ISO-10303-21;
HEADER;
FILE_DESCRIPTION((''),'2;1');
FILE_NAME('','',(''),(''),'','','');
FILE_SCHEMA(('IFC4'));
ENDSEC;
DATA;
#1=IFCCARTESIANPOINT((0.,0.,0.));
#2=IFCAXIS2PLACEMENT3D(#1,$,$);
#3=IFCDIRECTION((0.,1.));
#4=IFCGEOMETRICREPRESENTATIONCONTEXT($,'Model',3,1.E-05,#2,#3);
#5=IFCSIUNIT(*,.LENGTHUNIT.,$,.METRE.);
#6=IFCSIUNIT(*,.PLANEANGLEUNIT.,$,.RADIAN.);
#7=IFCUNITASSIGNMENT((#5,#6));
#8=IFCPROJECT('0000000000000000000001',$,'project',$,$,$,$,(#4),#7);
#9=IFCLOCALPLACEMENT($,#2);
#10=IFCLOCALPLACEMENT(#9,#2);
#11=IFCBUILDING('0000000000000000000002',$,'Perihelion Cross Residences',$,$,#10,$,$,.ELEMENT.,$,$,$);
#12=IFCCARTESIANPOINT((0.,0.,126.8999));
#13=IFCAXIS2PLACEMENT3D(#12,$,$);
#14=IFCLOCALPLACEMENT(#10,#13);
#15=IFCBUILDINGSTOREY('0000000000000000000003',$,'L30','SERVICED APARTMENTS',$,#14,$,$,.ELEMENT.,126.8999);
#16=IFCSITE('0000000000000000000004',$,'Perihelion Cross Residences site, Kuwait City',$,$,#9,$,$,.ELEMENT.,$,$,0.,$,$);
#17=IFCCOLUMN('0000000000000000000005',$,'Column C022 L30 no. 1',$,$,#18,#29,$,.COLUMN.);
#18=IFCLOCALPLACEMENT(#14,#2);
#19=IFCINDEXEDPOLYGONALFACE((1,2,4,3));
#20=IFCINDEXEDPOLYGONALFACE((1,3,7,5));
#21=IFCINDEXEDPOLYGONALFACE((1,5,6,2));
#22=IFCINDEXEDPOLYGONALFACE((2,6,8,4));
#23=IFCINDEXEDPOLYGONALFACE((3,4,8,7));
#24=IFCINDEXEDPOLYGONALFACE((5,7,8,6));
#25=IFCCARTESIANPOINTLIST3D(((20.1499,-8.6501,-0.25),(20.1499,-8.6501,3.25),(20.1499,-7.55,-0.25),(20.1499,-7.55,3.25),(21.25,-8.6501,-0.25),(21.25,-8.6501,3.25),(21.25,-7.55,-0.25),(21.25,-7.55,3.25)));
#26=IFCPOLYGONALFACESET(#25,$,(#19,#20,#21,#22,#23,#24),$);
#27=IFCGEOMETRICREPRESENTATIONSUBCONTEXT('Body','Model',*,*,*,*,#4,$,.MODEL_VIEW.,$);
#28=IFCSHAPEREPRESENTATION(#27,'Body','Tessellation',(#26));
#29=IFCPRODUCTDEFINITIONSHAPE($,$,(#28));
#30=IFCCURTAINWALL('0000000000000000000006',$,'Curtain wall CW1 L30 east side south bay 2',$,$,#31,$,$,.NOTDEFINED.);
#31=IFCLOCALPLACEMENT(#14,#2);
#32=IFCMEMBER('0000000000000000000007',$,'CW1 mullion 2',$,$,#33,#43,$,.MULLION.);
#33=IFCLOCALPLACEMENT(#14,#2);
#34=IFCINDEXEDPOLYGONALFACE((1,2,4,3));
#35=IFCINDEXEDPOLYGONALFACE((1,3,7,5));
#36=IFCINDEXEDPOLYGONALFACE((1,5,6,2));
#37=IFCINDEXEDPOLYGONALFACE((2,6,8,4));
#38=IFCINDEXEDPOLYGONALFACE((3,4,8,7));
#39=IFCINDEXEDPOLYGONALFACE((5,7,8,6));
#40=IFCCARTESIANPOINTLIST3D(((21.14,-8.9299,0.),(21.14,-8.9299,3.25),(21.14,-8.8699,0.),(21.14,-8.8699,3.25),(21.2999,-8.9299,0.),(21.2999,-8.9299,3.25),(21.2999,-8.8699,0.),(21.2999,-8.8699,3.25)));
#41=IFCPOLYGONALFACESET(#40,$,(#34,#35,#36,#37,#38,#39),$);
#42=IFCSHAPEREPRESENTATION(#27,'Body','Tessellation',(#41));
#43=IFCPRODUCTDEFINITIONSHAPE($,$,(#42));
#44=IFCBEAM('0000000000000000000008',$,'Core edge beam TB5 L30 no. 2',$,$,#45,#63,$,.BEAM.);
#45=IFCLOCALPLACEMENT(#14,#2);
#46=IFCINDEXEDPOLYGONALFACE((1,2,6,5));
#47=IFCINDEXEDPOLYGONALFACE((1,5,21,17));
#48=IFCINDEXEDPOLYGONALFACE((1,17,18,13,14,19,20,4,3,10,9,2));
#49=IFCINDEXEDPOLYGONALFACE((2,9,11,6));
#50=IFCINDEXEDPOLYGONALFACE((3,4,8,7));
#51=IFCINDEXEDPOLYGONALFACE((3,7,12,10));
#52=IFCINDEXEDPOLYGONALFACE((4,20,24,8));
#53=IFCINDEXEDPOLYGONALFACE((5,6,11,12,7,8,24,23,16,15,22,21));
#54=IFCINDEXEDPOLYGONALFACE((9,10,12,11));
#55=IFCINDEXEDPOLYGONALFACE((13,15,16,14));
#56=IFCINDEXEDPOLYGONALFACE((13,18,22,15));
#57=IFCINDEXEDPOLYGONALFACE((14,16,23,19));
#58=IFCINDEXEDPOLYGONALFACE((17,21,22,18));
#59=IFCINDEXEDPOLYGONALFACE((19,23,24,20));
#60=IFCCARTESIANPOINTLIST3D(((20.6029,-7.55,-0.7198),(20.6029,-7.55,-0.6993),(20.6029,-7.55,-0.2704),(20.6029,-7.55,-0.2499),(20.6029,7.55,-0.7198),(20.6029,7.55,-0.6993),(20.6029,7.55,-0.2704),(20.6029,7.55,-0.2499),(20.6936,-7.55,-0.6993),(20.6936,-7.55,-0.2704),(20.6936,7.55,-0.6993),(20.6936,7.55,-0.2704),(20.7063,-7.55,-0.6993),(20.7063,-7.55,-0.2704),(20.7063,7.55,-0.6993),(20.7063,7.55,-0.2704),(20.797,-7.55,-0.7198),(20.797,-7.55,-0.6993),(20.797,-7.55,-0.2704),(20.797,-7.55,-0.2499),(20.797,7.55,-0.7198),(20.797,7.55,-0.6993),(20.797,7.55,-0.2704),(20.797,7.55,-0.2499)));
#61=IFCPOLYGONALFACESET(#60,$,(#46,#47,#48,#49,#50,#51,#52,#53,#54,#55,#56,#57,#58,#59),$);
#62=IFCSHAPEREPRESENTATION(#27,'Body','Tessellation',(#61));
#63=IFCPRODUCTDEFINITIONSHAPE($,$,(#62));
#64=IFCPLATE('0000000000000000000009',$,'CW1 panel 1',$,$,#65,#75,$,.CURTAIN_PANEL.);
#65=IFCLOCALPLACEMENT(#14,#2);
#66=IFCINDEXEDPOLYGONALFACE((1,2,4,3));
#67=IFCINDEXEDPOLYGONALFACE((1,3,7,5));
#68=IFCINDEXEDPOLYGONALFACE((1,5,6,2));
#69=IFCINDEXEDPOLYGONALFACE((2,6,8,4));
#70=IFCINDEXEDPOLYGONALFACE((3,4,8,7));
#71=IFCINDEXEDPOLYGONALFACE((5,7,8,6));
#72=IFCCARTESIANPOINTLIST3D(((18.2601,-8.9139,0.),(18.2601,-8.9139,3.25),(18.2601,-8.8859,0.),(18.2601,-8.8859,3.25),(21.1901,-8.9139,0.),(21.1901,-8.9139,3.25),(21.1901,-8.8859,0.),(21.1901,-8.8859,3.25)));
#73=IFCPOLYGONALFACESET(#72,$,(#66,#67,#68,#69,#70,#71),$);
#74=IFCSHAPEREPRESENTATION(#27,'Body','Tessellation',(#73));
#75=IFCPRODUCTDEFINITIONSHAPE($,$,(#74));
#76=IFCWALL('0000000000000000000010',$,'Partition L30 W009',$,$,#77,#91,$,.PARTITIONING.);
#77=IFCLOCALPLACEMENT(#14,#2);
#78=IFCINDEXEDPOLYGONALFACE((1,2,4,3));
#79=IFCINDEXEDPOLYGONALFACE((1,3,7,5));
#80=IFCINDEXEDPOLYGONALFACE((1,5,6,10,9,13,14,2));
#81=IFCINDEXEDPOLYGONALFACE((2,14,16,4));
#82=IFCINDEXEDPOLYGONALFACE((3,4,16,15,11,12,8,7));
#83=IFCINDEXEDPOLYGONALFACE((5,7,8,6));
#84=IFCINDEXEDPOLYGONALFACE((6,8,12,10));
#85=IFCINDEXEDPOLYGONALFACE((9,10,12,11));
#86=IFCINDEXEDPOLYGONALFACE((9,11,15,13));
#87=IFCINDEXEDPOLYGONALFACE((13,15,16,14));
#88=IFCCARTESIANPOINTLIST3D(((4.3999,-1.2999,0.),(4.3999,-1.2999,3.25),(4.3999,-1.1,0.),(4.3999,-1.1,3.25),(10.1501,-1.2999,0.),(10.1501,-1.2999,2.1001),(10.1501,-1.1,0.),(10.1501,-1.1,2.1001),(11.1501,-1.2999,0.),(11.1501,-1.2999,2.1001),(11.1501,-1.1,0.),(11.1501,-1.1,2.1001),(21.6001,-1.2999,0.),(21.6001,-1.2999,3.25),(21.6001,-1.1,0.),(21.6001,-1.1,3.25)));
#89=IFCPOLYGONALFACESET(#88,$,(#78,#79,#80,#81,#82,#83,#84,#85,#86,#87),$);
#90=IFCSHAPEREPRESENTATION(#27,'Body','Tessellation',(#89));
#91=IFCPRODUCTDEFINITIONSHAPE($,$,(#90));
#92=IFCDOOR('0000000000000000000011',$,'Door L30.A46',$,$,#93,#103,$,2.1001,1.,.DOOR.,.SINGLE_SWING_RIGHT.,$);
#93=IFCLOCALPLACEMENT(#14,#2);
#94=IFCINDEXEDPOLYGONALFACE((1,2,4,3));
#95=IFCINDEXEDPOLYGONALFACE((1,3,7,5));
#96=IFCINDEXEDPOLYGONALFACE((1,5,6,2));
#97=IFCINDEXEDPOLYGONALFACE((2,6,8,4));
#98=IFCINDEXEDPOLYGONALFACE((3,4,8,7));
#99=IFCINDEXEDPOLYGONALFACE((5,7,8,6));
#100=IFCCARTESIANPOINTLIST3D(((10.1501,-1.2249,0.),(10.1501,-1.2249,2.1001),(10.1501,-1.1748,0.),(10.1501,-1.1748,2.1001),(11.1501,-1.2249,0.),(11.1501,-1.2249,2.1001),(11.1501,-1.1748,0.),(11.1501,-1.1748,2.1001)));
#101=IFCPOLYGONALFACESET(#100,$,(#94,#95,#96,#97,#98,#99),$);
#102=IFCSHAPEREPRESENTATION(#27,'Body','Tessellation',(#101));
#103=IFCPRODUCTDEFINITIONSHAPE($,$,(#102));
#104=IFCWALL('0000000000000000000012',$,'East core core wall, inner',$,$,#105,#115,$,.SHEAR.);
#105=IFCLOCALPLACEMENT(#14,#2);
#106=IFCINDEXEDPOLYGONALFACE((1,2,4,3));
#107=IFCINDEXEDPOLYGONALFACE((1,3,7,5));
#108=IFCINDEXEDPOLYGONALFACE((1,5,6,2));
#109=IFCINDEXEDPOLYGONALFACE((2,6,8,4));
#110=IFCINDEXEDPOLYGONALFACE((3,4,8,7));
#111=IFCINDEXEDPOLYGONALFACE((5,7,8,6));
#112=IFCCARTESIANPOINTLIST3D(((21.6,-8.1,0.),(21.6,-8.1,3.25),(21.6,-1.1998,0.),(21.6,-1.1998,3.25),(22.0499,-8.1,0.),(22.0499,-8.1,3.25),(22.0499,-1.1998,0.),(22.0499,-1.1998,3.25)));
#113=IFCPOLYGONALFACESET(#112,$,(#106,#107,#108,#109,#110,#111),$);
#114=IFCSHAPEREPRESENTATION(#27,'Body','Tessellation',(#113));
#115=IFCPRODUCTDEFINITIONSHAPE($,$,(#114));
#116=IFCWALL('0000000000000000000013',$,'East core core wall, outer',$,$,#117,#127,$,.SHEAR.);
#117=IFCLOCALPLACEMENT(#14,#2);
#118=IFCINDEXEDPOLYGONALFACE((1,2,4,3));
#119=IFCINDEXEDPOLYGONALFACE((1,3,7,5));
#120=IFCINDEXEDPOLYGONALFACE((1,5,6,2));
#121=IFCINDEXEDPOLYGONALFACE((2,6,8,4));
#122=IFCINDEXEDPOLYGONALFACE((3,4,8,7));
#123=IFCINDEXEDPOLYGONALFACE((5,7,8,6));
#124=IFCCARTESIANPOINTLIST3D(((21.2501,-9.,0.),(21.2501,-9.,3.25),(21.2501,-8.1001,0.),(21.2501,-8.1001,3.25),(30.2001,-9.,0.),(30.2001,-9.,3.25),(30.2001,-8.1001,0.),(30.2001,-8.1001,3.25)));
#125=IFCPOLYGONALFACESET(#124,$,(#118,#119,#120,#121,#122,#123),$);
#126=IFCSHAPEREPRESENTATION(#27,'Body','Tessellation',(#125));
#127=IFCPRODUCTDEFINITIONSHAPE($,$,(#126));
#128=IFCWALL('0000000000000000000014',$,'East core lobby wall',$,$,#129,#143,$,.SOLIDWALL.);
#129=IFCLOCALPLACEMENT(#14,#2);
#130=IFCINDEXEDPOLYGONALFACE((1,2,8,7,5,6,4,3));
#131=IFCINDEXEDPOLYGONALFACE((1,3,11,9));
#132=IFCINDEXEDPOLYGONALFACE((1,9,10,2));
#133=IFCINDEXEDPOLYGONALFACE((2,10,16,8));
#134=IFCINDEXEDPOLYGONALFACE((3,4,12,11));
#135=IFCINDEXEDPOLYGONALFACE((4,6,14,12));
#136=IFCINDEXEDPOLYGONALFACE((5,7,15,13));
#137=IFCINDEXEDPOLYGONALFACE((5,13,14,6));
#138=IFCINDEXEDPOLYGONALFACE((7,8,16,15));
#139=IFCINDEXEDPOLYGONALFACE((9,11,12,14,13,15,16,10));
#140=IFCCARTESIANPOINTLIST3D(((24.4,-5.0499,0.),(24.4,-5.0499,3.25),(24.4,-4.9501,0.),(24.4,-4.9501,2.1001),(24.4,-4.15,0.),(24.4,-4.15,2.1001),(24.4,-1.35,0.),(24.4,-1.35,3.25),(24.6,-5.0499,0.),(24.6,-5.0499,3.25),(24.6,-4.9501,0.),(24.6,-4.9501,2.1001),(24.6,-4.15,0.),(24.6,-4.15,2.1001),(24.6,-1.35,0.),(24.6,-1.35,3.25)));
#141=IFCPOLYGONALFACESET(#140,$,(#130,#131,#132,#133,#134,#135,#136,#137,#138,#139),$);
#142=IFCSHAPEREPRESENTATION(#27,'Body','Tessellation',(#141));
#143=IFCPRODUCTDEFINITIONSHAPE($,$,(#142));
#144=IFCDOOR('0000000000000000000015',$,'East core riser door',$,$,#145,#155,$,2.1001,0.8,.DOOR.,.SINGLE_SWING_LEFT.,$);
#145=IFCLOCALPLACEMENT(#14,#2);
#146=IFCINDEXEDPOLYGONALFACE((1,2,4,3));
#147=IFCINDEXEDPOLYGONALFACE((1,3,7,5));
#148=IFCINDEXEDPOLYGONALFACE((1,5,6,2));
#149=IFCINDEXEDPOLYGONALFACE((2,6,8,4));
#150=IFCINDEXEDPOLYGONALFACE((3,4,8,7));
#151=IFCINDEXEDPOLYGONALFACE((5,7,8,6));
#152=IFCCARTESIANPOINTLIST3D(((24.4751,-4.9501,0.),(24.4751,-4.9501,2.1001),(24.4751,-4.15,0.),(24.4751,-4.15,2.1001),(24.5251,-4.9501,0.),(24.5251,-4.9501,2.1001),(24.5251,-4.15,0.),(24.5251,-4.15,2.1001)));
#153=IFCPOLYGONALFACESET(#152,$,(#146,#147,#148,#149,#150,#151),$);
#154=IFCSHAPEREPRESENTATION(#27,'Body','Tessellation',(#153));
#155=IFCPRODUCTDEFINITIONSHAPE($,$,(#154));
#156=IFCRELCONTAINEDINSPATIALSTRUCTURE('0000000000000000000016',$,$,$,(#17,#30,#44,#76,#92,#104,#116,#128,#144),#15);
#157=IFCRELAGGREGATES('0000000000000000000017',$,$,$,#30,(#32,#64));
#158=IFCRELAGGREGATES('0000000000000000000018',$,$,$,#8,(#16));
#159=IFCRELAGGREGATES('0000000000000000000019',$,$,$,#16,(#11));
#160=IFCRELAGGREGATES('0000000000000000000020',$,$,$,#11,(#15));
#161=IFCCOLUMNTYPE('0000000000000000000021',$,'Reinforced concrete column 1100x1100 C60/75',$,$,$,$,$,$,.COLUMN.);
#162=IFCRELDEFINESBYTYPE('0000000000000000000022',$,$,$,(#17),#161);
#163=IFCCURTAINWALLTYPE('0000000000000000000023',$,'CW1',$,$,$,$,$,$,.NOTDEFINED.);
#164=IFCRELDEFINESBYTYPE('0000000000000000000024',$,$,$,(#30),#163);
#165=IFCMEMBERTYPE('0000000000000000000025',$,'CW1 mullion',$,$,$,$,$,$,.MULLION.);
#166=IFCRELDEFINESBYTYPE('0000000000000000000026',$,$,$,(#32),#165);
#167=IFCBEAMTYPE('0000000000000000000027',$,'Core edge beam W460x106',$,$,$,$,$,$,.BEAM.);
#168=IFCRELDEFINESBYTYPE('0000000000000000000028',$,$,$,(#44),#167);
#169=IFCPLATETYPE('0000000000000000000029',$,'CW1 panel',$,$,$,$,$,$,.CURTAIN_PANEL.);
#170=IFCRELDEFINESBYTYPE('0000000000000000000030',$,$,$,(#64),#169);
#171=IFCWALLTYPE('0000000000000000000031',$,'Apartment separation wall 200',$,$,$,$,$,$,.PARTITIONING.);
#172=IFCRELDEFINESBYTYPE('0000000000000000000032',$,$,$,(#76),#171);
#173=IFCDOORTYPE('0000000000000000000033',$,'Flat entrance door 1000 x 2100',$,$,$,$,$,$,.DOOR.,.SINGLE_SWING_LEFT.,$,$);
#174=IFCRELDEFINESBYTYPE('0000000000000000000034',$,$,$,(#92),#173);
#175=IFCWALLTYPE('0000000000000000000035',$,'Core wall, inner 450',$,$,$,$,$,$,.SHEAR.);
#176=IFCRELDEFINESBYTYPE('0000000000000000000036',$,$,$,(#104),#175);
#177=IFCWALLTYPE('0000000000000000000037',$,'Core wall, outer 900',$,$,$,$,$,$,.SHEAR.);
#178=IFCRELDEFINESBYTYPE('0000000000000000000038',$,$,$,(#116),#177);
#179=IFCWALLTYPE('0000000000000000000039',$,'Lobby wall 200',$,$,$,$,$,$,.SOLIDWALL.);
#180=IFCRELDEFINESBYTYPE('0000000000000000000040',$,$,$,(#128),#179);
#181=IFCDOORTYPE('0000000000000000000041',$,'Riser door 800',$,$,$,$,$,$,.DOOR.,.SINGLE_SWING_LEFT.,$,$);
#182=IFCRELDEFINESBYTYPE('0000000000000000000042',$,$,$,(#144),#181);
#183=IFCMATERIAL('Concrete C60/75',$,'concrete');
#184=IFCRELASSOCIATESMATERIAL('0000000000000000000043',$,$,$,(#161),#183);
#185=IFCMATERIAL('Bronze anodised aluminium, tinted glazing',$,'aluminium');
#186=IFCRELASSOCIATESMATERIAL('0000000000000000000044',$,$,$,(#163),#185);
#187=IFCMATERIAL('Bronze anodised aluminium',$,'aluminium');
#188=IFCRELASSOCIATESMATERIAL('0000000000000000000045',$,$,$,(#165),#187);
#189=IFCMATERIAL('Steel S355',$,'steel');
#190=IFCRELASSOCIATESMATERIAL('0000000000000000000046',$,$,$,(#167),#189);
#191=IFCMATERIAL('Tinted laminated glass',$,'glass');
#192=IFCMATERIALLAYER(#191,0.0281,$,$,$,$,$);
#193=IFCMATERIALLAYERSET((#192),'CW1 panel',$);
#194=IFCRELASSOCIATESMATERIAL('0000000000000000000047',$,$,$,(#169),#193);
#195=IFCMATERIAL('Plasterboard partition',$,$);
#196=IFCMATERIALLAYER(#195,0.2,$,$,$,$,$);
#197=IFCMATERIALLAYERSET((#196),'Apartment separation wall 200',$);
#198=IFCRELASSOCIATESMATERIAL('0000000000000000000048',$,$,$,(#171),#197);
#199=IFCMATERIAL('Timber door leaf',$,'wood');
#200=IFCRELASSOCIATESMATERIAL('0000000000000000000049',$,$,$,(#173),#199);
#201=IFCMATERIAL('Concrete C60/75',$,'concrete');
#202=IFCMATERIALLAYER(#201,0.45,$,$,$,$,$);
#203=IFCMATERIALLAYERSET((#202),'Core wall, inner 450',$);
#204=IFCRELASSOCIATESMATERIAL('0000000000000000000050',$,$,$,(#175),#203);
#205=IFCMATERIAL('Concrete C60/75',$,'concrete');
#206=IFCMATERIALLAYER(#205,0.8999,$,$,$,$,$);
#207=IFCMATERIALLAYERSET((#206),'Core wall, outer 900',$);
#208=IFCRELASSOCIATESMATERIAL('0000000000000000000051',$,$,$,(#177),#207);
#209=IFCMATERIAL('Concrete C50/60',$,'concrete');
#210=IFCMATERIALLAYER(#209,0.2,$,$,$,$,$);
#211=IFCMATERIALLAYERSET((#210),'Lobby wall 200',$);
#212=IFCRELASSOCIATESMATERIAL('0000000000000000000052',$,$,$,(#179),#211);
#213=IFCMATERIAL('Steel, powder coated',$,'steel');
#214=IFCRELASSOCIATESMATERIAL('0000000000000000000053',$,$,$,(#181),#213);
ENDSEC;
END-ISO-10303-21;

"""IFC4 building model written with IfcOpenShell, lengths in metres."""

from ifc_helpers import new_model, si_unit, direction, frame, frame_2d, origin, origin_2d, place, context, subcontext, project, spatial, rectangle, i_section, extrude, material, layer, layer_set, material_profile, profile_set, type_object, element, fill, aggregate, save


model = new_model("IFC4")

# Units and contexts
model_context = context("Model", 3, precision=1e-05, world=origin(), true_north=direction((0.0, 1.0)))
body_context = subcontext(model_context, "Body", "Model", "MODEL_VIEW")
ifc_project = project(units=[si_unit("LENGTHUNIT", "METRE"), si_unit("PLANEANGLEUNIT", "RADIAN")], contexts=[model_context])

# Site, building, storey
site_placement = place(None, origin())
site = spatial("IfcSite", under=ifc_project, at=site_placement, Name="Perihelion Cross Residences site, Kuwait City", CompositionType="ELEMENT", RefElevation=0.0)
building_placement = place(site_placement, origin())
building = spatial("IfcBuilding", under=site, at=building_placement, Name="Perihelion Cross Residences", CompositionType="ELEMENT")
storey_placement = place(building_placement, frame((0.0, 0.0, 126.8999)))
storey = spatial("IfcBuildingStorey", under=building, at=storey_placement, Name="L30", Description="SERVICED APARTMENTS", CompositionType="ELEMENT", Elevation=126.8999)

# Column
ifc_material_1 = material(Name="Concrete C60/75", Category="concrete")
ifc_material_profile_1 = material_profile(ifc_material_1, rectangle(XDim=1.1001, YDim=1.1001, at=origin_2d()), Name="RC 1100x1100")
ifc_profile_set_1 = profile_set([ifc_material_profile_1], Name="Concrete C60/75")
column_type = type_object("IfcColumnType", Name="Reinforced concrete column 1100x1100 C60/75", PredefinedType="COLUMN", material=ifc_profile_set_1)
column_placement = place(storey_placement, frame((20.7, -8.1001, -0.25), z_axis=(0.0, 0.0, 1.0), x_axis=(1.0, 0.0, 0.0)))
element("IfcColumn", 1, at=column_placement, inside=storey, type_object=column_type, Name="Column C022 L30 no. 1", PredefinedType="COLUMN", context=body_context, shape_type="SweptSolid", body=[
    extrude(rectangle(XDim=1.1001, YDim=1.1001, at=origin_2d()), origin(), (0.0, 0.0, 1.0), 3.5),
])

# Curtain wall, member
ifc_material_2 = material(Name="Bronze anodised aluminium, tinted glazing", Category="aluminium")
curtain_wall_type = type_object("IfcCurtainWallType", Name="CW1", PredefinedType="NOTDEFINED", material=ifc_material_2)
curtain_wall_placement = place(storey_placement, origin())
curtain_wall = element("IfcCurtainWall", 2, at=curtain_wall_placement, inside=storey, type_object=curtain_wall_type, Name="Curtain wall CW1 L30 east side south bay 2", PredefinedType="NOTDEFINED")
ifc_material_3 = material(Name="Bronze anodised aluminium", Category="aluminium")
ifc_material_profile_2 = material_profile(ifc_material_3, rectangle(XDim=0.0601, YDim=0.1599, at=origin_2d()), Name="CW1 mullion")
ifc_profile_set_2 = profile_set([ifc_material_profile_2], Name="Bronze anodised aluminium")
member_type = type_object("IfcMemberType", Name="CW1 mullion", PredefinedType="MULLION", material=ifc_profile_set_2)
member_placement = place(storey_placement, frame((21.22, -8.8999, 0.0), z_axis=(0.0, 0.0, 1.0), x_axis=(0.0, 1.0, 0.0)))
member = element("IfcMember", 3, at=member_placement, type_object=member_type, Name="CW1 mullion 2", PredefinedType="MULLION", context=body_context, shape_type="SweptSolid", body=[
    extrude(rectangle(XDim=0.0601, YDim=0.1599, at=origin_2d()), origin(), (0.0, 0.0, 1.0), 3.25),
])

# Beam
ifc_material_4 = material(Name="Steel S355", Category="steel")
ifc_material_profile_3 = material_profile(ifc_material_4, i_section(OverallWidth=0.1941, OverallDepth=0.47, WebThickness=0.0127, FlangeThickness=0.0205, at=origin_2d()), Name="W460x106")
ifc_profile_set_3 = profile_set([ifc_material_profile_3], Name="Steel S355")
beam_type = type_object("IfcBeamType", Name="Core edge beam W460x106", PredefinedType="BEAM", material=ifc_profile_set_3)
beam_placement = place(storey_placement, frame((20.7, -7.55, -0.4849), z_axis=(0.0, 1.0, 0.0), x_axis=(-1.0, 0.0, 0.0)))
element("IfcBeam", 4, at=beam_placement, inside=storey, type_object=beam_type, Name="Core edge beam TB5 L30 no. 2", PredefinedType="BEAM", context=body_context, shape_type="SweptSolid", body=[
    extrude(i_section(OverallWidth=0.1941, OverallDepth=0.47, WebThickness=0.0127, FlangeThickness=0.0205, at=origin_2d()), origin(), (0.0, 0.0, 1.0), 15.1001),
])

# Plate
ifc_material_5 = material(Name="Tinted laminated glass", Category="glass")
ifc_layer_1 = layer(ifc_material_5, 0.0281)
ifc_layer_set_1 = layer_set([ifc_layer_1], Name="CW1 panel")
plate_type = type_object("IfcPlateType", Name="CW1 panel", PredefinedType="CURTAIN_PANEL", material=ifc_layer_set_1)
plate_placement = place(storey_placement, frame((19.7251, -8.8999, 0.0), z_axis=(0.0, 0.0, 1.0), x_axis=(1.0, 0.0, 0.0)))
plate = element("IfcPlate", 5, at=plate_placement, type_object=plate_type, Name="CW1 panel 1", PredefinedType="CURTAIN_PANEL", context=body_context, shape_type="SweptSolid", body=[
    extrude(rectangle(XDim=2.9299, YDim=0.0281, at=origin_2d()), origin(), (0.0, 0.0, 1.0), 3.25),
])
aggregate(curtain_wall, [member, plate])

# Wall, opening, door
ifc_material_6 = material(Name="Plasterboard partition")
ifc_layer_2 = layer(ifc_material_6, 0.2)
ifc_layer_set_2 = layer_set([ifc_layer_2], Name="Apartment separation wall 200")
wall_type_1 = type_object("IfcWallType", Name="Apartment separation wall 200", PredefinedType="PARTITIONING", material=ifc_layer_set_2)
wall_1_placement = place(storey_placement, frame((21.6001, -1.2, 0.0), z_axis=(0.0, 0.0, 1.0), x_axis=(-1.0, 0.0, 0.0)))
wall_1 = element("IfcWall", 6, at=wall_1_placement, inside=storey, type_object=wall_type_1, Name="Partition L30 W009", PredefinedType="PARTITIONING", context=body_context, shape_type="SweptSolid", body=[
    extrude(rectangle(XDim=17.2002, YDim=0.2, at=frame_2d((8.6001, 0.0))), origin(), (0.0, 0.0, 1.0), 3.25),
])
opening_1_placement = place(wall_1_placement, frame((10.45, 0.0, 0.0)))
opening_1 = element("IfcOpeningElement", 7, at=opening_1_placement, cuts=wall_1, PredefinedType="OPENING", context=body_context, shape_type="SweptSolid", body=[
    extrude(rectangle(XDim=1.0, YDim=2.1001, at=frame_2d((0.5, 1.05))), frame((0.0, 0.1099, 0.0), z_axis=(0.0, -1.0, 0.0), x_axis=(1.0, 0.0, 0.0)), (0.0, 0.0, 1.0), 0.22),
])
ifc_material_7 = material(Name="Timber door leaf", Category="wood")
door_type_1 = type_object("IfcDoorType", Name="Flat entrance door 1000 x 2100", OperationType="SINGLE_SWING_LEFT", PredefinedType="DOOR", material=ifc_material_7)
door_1_placement = place(opening_1_placement, origin())
door_1 = element("IfcDoor", 8, at=door_1_placement, inside=storey, type_object=door_type_1, Name="Door L30.A46", OperationType="SINGLE_SWING_RIGHT", OverallHeight=2.1001, OverallWidth=1.0, PredefinedType="DOOR", context=body_context, shape_type="SweptSolid", body=[
    extrude(rectangle(XDim=1.0, YDim=2.1001, at=frame_2d((0.5, 1.05))), frame((0.0, 0.0249, 0.0), z_axis=(0.0, -1.0, 0.0), x_axis=(1.0, 0.0, 0.0)), (0.0, 0.0, 1.0), 0.05),
])
fill(opening_1, door_1)

# Walls
ifc_material_8 = material(Name="Concrete C60/75", Category="concrete")
ifc_layer_3 = layer(ifc_material_8, 0.45)
ifc_layer_set_3 = layer_set([ifc_layer_3], Name="Core wall, inner 450")
wall_type_2 = type_object("IfcWallType", Name="Core wall, inner 450", PredefinedType="SHEAR", material=ifc_layer_set_3)
wall_2_placement = place(storey_placement, frame((21.825, -8.1001, 0.0), z_axis=(0.0, 0.0, 1.0), x_axis=(0.0, 1.0, 0.0)))
element("IfcWall", 9, at=wall_2_placement, inside=storey, type_object=wall_type_2, Name="East core core wall, inner", PredefinedType="SHEAR", context=body_context, shape_type="SweptSolid", body=[
    extrude(rectangle(XDim=6.9001, YDim=0.45, at=frame_2d((3.4502, 0.0))), origin(), (0.0, 0.0, 1.0), 3.25),
])
ifc_material_9 = material(Name="Concrete C60/75", Category="concrete")
ifc_layer_4 = layer(ifc_material_9, 0.8999)
ifc_layer_set_4 = layer_set([ifc_layer_4], Name="Core wall, outer 900")
wall_type_3 = type_object("IfcWallType", Name="Core wall, outer 900", PredefinedType="SHEAR", material=ifc_layer_set_4)
wall_3_placement = place(storey_placement, frame((21.25, -8.55, 0.0), z_axis=(0.0, 0.0, 1.0), x_axis=(1.0, 0.0, 0.0)))
element("IfcWall", 10, at=wall_3_placement, inside=storey, type_object=wall_type_3, Name="East core core wall, outer", PredefinedType="SHEAR", context=body_context, shape_type="SweptSolid", body=[
    extrude(rectangle(XDim=8.95, YDim=0.8999, at=frame_2d((4.4751, 0.0))), origin(), (0.0, 0.0, 1.0), 3.25),
])

# Wall, opening, door
ifc_material_10 = material(Name="Concrete C50/60", Category="concrete")
ifc_layer_5 = layer(ifc_material_10, 0.2)
ifc_layer_set_5 = layer_set([ifc_layer_5], Name="Lobby wall 200")
wall_type_4 = type_object("IfcWallType", Name="Lobby wall 200", PredefinedType="SOLIDWALL", material=ifc_layer_set_5)
wall_4_placement = place(storey_placement, frame((24.5, -5.05, 0.0), z_axis=(0.0, 0.0, 1.0), x_axis=(0.0, 1.0, 0.0)))
wall_4 = element("IfcWall", 11, at=wall_4_placement, inside=storey, type_object=wall_type_4, Name="East core lobby wall", PredefinedType="SOLIDWALL", context=body_context, shape_type="SweptSolid", body=[
    extrude(rectangle(XDim=3.7, YDim=0.2, at=frame_2d((1.8501, 0.0))), origin(), (0.0, 0.0, 1.0), 3.25),
])
opening_2_placement = place(wall_4_placement, frame((0.1001, 0.0, 0.0)))
opening_2 = element("IfcOpeningElement", 12, at=opening_2_placement, cuts=wall_4, PredefinedType="OPENING", context=body_context, shape_type="SweptSolid", body=[
    extrude(rectangle(XDim=0.8, YDim=2.1001, at=frame_2d((0.3999, 1.05))), frame((0.0, 0.1099, 0.0), z_axis=(0.0, -1.0, 0.0), x_axis=(1.0, 0.0, 0.0)), (0.0, 0.0, 1.0), 0.22),
])
ifc_material_11 = material(Name="Steel, powder coated", Category="steel")
door_type_2 = type_object("IfcDoorType", Name="Riser door 800", OperationType="SINGLE_SWING_LEFT", PredefinedType="DOOR", material=ifc_material_11)
door_2_placement = place(opening_2_placement, origin())
door_2 = element("IfcDoor", 13, at=door_2_placement, inside=storey, type_object=door_type_2, Name="East core riser door", OperationType="SINGLE_SWING_LEFT", OverallHeight=2.1001, OverallWidth=0.8, PredefinedType="DOOR", context=body_context, shape_type="SweptSolid", body=[
    extrude(rectangle(XDim=0.8, YDim=2.1001, at=frame_2d((0.3999, 1.05))), frame((0.0, 0.0249, 0.0), z_axis=(0.0, -1.0, 0.0), x_axis=(1.0, 0.0, 0.0)), (0.0, 0.0, 1.0), 0.05),
])
fill(opening_2, door_2)

save(model, "model.ifc")
